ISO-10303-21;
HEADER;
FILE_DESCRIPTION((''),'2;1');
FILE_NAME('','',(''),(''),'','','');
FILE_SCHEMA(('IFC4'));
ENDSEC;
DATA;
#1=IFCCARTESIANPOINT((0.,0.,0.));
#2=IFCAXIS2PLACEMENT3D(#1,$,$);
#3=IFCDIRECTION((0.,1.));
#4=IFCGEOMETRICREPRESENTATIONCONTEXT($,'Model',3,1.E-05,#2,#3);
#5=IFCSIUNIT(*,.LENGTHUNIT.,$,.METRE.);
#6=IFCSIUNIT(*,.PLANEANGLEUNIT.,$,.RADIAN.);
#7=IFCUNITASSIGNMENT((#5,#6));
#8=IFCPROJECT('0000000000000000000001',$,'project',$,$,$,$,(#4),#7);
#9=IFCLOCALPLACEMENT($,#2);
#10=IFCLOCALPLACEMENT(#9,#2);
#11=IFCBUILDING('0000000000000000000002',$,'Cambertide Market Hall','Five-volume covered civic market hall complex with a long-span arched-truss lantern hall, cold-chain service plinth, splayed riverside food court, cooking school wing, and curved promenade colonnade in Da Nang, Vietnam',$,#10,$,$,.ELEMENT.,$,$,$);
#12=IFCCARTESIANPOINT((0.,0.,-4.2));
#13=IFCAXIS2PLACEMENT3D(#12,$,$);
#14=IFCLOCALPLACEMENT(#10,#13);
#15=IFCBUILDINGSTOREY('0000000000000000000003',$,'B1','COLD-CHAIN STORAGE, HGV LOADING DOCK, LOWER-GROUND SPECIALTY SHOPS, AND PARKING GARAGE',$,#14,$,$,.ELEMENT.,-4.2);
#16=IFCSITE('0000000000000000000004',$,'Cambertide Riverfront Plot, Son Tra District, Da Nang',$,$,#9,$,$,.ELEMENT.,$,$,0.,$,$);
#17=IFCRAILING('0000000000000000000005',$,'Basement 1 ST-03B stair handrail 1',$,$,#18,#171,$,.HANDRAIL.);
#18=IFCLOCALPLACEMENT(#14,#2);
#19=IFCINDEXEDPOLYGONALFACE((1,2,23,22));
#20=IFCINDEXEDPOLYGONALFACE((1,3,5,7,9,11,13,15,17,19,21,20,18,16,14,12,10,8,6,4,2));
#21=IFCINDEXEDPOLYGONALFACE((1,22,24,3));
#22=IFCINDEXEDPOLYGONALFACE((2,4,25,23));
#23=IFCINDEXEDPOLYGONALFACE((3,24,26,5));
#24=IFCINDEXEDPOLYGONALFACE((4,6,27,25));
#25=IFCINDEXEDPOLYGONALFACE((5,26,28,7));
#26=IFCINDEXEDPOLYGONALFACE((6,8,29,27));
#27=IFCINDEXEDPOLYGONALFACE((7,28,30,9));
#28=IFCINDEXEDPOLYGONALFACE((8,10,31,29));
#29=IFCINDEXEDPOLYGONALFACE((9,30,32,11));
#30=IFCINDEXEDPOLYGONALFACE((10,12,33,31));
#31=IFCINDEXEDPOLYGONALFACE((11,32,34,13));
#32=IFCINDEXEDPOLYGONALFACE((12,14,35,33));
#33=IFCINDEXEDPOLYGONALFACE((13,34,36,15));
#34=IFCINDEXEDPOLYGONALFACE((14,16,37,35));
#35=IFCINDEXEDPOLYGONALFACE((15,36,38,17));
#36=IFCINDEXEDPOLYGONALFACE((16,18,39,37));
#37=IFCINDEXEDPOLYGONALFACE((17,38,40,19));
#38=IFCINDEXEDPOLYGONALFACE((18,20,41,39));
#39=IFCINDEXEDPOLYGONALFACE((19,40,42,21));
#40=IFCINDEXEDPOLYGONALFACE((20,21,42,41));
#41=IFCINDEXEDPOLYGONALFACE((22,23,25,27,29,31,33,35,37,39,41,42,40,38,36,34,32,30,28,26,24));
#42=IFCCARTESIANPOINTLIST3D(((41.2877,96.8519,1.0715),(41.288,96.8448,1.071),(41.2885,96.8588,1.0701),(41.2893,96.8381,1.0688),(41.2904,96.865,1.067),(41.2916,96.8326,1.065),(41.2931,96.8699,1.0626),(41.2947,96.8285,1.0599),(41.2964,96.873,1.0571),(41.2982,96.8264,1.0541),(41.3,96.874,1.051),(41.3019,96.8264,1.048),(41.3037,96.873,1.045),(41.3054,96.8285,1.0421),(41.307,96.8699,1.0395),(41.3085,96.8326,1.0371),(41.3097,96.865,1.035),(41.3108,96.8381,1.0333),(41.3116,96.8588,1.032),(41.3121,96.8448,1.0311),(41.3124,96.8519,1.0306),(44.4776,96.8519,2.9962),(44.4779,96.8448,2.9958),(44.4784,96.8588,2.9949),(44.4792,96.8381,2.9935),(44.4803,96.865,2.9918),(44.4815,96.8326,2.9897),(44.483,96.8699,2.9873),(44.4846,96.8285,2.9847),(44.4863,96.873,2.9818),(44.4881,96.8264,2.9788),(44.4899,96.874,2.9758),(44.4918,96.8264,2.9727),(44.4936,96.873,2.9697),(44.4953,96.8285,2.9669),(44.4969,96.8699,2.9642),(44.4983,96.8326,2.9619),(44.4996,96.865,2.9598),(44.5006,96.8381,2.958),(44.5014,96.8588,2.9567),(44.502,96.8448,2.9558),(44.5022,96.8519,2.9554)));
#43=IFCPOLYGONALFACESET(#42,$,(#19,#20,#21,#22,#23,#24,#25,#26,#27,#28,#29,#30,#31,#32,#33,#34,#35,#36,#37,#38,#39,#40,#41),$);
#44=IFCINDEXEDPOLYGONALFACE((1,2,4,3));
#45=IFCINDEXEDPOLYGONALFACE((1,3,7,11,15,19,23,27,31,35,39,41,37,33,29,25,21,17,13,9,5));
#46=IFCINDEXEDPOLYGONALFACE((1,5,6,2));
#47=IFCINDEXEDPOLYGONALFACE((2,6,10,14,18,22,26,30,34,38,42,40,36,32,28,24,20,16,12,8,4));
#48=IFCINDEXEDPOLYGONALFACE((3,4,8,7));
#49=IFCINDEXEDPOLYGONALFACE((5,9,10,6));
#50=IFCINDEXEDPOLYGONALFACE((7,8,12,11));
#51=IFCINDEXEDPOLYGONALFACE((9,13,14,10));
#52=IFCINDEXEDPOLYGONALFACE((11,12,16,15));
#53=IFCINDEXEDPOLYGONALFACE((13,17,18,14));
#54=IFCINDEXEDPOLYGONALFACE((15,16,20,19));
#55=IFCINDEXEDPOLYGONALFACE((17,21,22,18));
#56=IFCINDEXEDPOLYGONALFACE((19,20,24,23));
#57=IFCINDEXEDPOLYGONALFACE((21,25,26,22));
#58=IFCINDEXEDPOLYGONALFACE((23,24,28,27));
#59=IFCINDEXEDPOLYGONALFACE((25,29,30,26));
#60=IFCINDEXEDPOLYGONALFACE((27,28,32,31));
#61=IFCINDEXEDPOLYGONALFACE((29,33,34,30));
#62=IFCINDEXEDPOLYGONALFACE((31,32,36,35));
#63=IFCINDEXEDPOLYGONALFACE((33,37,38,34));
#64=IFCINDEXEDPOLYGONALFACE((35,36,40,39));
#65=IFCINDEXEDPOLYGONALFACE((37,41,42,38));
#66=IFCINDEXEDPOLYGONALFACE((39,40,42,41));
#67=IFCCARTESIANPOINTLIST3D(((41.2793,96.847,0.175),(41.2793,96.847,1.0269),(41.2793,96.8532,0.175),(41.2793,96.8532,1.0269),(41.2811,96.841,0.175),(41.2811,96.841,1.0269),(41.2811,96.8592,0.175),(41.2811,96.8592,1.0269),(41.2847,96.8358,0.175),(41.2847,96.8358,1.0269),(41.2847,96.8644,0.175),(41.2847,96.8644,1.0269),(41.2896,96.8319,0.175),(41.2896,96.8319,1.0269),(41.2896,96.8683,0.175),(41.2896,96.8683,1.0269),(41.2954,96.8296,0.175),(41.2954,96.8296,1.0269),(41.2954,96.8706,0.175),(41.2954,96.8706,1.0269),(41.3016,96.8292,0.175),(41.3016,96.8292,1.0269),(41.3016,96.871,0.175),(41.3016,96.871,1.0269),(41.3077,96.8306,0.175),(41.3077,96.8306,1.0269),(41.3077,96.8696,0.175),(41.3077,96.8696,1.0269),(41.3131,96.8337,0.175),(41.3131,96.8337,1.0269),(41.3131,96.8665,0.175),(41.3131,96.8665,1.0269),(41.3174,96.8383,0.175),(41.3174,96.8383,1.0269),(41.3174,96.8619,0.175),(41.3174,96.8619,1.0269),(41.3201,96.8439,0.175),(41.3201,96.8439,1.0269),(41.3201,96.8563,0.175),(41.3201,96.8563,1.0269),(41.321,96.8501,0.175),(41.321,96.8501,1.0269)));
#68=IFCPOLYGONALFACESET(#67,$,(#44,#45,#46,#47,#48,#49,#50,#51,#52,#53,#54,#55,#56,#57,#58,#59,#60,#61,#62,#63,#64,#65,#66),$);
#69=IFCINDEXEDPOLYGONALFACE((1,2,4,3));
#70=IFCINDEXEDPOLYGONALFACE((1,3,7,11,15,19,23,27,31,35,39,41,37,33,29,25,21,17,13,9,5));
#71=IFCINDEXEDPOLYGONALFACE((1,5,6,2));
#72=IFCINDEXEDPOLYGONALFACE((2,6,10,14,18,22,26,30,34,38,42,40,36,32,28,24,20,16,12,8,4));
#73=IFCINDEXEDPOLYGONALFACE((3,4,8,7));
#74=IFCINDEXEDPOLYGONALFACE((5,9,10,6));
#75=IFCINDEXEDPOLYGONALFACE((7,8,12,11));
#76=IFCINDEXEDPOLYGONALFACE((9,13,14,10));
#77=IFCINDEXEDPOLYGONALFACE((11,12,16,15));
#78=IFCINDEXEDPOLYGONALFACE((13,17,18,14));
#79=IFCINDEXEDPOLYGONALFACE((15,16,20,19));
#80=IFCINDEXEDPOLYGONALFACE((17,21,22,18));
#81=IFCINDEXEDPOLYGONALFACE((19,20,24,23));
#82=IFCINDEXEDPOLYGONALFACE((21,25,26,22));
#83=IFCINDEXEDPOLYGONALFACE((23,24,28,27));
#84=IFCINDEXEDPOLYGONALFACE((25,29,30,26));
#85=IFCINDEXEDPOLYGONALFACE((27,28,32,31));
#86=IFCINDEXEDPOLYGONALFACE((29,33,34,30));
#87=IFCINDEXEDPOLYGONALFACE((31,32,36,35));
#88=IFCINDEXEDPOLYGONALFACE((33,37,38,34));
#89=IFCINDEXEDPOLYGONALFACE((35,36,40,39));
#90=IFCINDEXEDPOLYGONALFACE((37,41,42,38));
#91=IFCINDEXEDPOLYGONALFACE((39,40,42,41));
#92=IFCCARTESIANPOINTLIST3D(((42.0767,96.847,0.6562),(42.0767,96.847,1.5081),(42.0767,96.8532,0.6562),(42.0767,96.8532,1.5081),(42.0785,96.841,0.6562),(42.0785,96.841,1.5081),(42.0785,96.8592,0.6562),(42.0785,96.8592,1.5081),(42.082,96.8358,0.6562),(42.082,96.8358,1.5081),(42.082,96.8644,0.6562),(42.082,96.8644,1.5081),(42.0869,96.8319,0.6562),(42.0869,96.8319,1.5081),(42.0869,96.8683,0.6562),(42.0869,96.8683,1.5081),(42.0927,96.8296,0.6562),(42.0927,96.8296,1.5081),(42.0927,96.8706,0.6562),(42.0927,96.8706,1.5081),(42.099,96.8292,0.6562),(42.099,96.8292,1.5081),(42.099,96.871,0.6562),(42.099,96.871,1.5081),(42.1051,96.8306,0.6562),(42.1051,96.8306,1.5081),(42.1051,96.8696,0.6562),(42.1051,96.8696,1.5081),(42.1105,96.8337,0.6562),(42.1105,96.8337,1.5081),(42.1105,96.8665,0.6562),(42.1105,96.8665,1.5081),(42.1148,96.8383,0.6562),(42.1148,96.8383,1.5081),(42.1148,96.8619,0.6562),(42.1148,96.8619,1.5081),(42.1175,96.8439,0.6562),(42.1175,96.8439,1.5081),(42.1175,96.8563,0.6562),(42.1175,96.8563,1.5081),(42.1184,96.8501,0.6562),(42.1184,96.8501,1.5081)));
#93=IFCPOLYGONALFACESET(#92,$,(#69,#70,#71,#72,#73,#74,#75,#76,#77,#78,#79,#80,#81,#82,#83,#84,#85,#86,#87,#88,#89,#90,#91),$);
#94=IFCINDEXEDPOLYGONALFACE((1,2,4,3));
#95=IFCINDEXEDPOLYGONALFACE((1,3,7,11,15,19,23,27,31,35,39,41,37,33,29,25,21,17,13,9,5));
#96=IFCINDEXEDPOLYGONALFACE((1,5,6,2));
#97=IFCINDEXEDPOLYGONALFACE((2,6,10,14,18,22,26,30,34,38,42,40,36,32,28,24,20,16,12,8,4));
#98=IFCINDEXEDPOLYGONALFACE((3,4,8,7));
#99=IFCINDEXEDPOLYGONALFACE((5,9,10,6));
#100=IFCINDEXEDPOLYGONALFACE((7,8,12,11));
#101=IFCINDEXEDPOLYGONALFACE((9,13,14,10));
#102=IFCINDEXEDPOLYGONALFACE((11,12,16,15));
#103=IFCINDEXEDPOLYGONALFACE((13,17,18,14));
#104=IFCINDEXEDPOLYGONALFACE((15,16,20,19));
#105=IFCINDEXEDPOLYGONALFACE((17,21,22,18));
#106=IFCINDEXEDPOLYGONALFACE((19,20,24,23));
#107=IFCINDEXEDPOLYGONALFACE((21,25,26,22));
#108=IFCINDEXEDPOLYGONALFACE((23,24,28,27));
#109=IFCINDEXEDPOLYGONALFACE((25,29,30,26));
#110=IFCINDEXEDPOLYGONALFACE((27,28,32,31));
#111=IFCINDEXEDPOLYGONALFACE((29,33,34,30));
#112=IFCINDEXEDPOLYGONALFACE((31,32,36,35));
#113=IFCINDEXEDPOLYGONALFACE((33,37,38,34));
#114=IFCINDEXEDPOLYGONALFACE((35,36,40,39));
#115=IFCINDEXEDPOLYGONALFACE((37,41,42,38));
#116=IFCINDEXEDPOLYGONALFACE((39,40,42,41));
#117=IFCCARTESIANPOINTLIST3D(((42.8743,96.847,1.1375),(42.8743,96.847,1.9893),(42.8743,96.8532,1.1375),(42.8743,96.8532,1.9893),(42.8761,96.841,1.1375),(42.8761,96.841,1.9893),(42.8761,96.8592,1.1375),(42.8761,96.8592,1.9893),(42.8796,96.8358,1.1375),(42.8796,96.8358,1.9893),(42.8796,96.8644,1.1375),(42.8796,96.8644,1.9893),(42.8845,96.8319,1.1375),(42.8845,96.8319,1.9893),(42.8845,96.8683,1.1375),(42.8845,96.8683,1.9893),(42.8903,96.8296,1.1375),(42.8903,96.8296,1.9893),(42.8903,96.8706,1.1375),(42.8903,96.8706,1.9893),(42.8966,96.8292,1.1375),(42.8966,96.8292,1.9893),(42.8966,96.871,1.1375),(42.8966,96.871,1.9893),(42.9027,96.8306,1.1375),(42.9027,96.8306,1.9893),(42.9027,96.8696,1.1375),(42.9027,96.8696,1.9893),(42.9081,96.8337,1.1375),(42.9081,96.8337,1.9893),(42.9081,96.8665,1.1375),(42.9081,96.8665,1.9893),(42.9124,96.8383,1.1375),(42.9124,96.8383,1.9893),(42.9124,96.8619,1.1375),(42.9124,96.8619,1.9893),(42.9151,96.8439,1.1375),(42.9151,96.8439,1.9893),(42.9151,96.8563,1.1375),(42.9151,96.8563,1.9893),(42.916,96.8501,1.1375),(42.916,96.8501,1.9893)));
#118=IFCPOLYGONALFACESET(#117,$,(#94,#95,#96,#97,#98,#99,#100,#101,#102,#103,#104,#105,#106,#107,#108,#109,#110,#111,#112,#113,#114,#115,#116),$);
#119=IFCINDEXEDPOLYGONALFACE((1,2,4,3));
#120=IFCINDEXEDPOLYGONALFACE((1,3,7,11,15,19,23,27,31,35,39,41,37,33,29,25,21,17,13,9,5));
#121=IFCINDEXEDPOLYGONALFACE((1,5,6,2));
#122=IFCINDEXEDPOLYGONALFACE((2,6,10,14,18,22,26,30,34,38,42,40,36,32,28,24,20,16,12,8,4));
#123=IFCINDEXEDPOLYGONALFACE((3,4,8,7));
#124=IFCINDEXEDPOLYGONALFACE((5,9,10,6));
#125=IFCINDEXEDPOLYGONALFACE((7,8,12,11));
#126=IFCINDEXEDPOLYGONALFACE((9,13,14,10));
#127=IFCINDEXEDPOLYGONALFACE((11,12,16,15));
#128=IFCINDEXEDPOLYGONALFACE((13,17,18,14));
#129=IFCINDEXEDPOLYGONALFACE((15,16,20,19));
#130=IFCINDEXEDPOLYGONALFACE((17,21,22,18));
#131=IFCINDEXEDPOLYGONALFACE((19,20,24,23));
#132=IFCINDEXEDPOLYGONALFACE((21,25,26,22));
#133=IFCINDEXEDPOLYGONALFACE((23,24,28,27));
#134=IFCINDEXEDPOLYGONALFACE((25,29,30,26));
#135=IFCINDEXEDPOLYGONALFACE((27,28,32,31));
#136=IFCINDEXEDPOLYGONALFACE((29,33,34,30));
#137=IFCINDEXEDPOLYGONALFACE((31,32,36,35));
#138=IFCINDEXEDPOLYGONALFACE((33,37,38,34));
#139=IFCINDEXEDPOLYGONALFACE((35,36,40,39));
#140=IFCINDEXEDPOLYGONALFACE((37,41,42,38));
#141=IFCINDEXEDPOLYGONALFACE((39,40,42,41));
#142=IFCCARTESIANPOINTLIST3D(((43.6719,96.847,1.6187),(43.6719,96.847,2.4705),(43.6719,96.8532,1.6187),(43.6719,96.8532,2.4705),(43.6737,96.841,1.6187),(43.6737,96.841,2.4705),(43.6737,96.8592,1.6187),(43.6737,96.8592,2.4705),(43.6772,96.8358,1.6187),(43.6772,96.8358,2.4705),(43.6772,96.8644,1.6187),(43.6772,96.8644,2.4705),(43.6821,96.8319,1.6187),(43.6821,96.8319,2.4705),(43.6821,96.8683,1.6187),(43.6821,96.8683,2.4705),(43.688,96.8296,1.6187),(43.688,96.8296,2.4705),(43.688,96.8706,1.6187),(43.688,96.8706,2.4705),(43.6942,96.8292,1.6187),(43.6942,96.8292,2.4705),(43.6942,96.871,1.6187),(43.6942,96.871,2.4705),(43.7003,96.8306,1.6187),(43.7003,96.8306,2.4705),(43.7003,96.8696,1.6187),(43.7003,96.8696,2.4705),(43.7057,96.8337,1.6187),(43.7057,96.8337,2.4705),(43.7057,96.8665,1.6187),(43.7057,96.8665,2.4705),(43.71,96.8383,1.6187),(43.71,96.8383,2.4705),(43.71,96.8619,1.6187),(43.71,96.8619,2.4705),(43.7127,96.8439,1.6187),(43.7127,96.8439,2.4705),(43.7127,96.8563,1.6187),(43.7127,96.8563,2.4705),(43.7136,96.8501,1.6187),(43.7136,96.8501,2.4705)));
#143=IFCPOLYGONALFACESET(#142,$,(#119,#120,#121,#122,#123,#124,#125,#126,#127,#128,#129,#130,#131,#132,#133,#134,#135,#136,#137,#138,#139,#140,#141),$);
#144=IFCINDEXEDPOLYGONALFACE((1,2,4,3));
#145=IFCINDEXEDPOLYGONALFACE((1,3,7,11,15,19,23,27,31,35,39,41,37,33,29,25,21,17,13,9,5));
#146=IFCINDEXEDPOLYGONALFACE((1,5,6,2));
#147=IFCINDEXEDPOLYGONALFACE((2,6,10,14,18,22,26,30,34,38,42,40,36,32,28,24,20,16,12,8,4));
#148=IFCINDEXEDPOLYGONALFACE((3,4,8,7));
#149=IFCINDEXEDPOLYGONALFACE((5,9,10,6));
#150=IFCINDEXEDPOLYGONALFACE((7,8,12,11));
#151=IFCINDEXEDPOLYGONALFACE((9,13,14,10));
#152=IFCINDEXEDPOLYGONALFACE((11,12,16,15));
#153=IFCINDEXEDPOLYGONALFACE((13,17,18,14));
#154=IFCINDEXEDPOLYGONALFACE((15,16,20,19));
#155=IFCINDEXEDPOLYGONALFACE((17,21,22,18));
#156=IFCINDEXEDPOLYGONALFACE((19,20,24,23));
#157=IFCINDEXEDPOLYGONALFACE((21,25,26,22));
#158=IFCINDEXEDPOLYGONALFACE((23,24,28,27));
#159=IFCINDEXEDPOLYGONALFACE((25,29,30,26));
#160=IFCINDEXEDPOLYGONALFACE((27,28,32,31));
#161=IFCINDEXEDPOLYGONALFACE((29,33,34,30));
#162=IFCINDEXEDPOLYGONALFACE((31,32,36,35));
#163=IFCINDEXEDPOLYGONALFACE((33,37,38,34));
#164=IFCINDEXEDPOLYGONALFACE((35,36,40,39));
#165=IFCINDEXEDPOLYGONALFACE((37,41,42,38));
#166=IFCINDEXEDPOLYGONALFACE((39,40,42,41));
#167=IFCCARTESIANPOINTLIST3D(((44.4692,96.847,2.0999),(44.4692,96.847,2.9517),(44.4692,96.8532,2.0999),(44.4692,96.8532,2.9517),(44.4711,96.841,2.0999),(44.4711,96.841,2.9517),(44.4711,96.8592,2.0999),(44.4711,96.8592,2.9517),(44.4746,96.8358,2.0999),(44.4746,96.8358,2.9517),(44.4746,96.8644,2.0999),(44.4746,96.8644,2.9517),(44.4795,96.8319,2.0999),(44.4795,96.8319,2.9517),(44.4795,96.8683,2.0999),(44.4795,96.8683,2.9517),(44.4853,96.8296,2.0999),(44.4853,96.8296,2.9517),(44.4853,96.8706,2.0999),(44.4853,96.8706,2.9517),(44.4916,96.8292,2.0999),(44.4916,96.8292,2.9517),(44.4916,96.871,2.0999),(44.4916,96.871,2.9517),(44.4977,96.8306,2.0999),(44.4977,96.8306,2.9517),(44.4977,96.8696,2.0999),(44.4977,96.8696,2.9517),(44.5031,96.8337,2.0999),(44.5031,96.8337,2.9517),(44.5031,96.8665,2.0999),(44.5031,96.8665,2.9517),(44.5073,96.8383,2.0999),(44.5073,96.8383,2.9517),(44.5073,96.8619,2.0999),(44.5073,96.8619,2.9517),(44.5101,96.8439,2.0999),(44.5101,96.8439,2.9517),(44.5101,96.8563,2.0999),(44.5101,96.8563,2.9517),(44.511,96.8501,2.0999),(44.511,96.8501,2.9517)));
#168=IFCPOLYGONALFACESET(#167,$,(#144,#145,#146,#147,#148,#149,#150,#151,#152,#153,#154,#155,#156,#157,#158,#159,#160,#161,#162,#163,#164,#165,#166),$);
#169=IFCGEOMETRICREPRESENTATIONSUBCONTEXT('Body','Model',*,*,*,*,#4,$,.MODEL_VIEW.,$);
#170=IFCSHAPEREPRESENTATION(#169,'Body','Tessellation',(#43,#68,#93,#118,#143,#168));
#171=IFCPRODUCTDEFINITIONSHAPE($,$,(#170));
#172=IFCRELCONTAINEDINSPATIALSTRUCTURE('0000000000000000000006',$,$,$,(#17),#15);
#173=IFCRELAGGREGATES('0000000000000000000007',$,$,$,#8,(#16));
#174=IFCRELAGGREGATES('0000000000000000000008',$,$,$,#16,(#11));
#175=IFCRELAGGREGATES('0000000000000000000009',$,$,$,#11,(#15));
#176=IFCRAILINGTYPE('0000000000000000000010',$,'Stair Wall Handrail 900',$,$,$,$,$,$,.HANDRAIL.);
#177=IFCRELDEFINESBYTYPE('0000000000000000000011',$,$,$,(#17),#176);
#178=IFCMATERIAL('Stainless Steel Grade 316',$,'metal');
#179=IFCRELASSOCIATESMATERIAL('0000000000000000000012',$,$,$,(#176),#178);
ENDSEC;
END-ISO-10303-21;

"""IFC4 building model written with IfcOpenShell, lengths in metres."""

from ifc_helpers import new_model, si_unit, direction, frame, origin, origin_2d, place, context, subcontext, project, spatial, circle, extrude, material, type_object, element, save


model = new_model("IFC4")

# Units and contexts
model_context = context("Model", 3, precision=1e-05, world=origin(), true_north=direction((0.0, 1.0)))
body_context = subcontext(model_context, "Body", "Model", "MODEL_VIEW")
ifc_project = project(units=[si_unit("LENGTHUNIT", "METRE"), si_unit("PLANEANGLEUNIT", "RADIAN")], contexts=[model_context])

# Site, building, storey
site_placement = place(None, origin())
site = spatial("IfcSite", under=ifc_project, at=site_placement, Name="Cambertide Riverfront Plot, Son Tra District, Da Nang", CompositionType="ELEMENT", RefElevation=0.0)
building_placement = place(site_placement, origin())
building = spatial("IfcBuilding", under=site, at=building_placement, Name="Cambertide Market Hall", Description="Five-volume covered civic market hall complex with a long-span arched-truss lantern hall, cold-chain service plinth, splayed riverside food court, cooking school wing, and curved promenade colonnade in Da Nang, Vietnam", CompositionType="ELEMENT")
storey_placement = place(building_placement, frame((0.0, 0.0, -4.2)))
storey = spatial("IfcBuildingStorey", under=building, at=storey_placement, Name="B1", Description="COLD-CHAIN STORAGE, HGV LOADING DOCK, LOWER-GROUND SPECIALTY SHOPS, AND PARKING GARAGE", CompositionType="ELEMENT", Elevation=-4.2)

# Railing
ifc_material_1 = material(Name="Stainless Steel Grade 316", Category="metal")
railing_type_1 = type_object("IfcRailingType", Name="Stair Wall Handrail 900", PredefinedType="HANDRAIL", material=ifc_material_1)
railing_1_placement = place(storey_placement, frame((41.3, 96.8501, 0.175)))
element("IfcRailing", 1, at=railing_1_placement, inside=storey, type_object=railing_type_1, Name="Basement 1 ST-03B stair handrail 1", PredefinedType="HANDRAIL", context=body_context, shape_type="SweptSolid", body=[
    extrude(circle(Radius=0.0239, at=origin_2d()), frame((0.0, 0.0, 0.876), z_axis=(0.856207, 0.0, 0.516633), x_axis=(0.0, 1.0, 0.0)), (0.0, 0.0, 1.0), 3.7256),
    extrude(circle(Radius=0.021, at=origin_2d()), origin(), (0.0, 0.0, 1.0), 0.8518),
    extrude(circle(Radius=0.021, at=origin_2d()), frame((0.7974, 0.0, 0.4812)), (0.0, 0.0, 1.0), 0.8518),
    extrude(circle(Radius=0.021, at=origin_2d()), frame((1.595, 0.0, 0.9624)), (0.0, 0.0, 1.0), 0.8518),
    extrude(circle(Radius=0.021, at=origin_2d()), frame((2.3926, 0.0, 1.4436)), (0.0, 0.0, 1.0), 0.8518),
    extrude(circle(Radius=0.021, at=origin_2d()), frame((3.1899, 0.0, 1.9248)), (0.0, 0.0, 1.0), 0.8518),
])

save(model, "model.ifc")
